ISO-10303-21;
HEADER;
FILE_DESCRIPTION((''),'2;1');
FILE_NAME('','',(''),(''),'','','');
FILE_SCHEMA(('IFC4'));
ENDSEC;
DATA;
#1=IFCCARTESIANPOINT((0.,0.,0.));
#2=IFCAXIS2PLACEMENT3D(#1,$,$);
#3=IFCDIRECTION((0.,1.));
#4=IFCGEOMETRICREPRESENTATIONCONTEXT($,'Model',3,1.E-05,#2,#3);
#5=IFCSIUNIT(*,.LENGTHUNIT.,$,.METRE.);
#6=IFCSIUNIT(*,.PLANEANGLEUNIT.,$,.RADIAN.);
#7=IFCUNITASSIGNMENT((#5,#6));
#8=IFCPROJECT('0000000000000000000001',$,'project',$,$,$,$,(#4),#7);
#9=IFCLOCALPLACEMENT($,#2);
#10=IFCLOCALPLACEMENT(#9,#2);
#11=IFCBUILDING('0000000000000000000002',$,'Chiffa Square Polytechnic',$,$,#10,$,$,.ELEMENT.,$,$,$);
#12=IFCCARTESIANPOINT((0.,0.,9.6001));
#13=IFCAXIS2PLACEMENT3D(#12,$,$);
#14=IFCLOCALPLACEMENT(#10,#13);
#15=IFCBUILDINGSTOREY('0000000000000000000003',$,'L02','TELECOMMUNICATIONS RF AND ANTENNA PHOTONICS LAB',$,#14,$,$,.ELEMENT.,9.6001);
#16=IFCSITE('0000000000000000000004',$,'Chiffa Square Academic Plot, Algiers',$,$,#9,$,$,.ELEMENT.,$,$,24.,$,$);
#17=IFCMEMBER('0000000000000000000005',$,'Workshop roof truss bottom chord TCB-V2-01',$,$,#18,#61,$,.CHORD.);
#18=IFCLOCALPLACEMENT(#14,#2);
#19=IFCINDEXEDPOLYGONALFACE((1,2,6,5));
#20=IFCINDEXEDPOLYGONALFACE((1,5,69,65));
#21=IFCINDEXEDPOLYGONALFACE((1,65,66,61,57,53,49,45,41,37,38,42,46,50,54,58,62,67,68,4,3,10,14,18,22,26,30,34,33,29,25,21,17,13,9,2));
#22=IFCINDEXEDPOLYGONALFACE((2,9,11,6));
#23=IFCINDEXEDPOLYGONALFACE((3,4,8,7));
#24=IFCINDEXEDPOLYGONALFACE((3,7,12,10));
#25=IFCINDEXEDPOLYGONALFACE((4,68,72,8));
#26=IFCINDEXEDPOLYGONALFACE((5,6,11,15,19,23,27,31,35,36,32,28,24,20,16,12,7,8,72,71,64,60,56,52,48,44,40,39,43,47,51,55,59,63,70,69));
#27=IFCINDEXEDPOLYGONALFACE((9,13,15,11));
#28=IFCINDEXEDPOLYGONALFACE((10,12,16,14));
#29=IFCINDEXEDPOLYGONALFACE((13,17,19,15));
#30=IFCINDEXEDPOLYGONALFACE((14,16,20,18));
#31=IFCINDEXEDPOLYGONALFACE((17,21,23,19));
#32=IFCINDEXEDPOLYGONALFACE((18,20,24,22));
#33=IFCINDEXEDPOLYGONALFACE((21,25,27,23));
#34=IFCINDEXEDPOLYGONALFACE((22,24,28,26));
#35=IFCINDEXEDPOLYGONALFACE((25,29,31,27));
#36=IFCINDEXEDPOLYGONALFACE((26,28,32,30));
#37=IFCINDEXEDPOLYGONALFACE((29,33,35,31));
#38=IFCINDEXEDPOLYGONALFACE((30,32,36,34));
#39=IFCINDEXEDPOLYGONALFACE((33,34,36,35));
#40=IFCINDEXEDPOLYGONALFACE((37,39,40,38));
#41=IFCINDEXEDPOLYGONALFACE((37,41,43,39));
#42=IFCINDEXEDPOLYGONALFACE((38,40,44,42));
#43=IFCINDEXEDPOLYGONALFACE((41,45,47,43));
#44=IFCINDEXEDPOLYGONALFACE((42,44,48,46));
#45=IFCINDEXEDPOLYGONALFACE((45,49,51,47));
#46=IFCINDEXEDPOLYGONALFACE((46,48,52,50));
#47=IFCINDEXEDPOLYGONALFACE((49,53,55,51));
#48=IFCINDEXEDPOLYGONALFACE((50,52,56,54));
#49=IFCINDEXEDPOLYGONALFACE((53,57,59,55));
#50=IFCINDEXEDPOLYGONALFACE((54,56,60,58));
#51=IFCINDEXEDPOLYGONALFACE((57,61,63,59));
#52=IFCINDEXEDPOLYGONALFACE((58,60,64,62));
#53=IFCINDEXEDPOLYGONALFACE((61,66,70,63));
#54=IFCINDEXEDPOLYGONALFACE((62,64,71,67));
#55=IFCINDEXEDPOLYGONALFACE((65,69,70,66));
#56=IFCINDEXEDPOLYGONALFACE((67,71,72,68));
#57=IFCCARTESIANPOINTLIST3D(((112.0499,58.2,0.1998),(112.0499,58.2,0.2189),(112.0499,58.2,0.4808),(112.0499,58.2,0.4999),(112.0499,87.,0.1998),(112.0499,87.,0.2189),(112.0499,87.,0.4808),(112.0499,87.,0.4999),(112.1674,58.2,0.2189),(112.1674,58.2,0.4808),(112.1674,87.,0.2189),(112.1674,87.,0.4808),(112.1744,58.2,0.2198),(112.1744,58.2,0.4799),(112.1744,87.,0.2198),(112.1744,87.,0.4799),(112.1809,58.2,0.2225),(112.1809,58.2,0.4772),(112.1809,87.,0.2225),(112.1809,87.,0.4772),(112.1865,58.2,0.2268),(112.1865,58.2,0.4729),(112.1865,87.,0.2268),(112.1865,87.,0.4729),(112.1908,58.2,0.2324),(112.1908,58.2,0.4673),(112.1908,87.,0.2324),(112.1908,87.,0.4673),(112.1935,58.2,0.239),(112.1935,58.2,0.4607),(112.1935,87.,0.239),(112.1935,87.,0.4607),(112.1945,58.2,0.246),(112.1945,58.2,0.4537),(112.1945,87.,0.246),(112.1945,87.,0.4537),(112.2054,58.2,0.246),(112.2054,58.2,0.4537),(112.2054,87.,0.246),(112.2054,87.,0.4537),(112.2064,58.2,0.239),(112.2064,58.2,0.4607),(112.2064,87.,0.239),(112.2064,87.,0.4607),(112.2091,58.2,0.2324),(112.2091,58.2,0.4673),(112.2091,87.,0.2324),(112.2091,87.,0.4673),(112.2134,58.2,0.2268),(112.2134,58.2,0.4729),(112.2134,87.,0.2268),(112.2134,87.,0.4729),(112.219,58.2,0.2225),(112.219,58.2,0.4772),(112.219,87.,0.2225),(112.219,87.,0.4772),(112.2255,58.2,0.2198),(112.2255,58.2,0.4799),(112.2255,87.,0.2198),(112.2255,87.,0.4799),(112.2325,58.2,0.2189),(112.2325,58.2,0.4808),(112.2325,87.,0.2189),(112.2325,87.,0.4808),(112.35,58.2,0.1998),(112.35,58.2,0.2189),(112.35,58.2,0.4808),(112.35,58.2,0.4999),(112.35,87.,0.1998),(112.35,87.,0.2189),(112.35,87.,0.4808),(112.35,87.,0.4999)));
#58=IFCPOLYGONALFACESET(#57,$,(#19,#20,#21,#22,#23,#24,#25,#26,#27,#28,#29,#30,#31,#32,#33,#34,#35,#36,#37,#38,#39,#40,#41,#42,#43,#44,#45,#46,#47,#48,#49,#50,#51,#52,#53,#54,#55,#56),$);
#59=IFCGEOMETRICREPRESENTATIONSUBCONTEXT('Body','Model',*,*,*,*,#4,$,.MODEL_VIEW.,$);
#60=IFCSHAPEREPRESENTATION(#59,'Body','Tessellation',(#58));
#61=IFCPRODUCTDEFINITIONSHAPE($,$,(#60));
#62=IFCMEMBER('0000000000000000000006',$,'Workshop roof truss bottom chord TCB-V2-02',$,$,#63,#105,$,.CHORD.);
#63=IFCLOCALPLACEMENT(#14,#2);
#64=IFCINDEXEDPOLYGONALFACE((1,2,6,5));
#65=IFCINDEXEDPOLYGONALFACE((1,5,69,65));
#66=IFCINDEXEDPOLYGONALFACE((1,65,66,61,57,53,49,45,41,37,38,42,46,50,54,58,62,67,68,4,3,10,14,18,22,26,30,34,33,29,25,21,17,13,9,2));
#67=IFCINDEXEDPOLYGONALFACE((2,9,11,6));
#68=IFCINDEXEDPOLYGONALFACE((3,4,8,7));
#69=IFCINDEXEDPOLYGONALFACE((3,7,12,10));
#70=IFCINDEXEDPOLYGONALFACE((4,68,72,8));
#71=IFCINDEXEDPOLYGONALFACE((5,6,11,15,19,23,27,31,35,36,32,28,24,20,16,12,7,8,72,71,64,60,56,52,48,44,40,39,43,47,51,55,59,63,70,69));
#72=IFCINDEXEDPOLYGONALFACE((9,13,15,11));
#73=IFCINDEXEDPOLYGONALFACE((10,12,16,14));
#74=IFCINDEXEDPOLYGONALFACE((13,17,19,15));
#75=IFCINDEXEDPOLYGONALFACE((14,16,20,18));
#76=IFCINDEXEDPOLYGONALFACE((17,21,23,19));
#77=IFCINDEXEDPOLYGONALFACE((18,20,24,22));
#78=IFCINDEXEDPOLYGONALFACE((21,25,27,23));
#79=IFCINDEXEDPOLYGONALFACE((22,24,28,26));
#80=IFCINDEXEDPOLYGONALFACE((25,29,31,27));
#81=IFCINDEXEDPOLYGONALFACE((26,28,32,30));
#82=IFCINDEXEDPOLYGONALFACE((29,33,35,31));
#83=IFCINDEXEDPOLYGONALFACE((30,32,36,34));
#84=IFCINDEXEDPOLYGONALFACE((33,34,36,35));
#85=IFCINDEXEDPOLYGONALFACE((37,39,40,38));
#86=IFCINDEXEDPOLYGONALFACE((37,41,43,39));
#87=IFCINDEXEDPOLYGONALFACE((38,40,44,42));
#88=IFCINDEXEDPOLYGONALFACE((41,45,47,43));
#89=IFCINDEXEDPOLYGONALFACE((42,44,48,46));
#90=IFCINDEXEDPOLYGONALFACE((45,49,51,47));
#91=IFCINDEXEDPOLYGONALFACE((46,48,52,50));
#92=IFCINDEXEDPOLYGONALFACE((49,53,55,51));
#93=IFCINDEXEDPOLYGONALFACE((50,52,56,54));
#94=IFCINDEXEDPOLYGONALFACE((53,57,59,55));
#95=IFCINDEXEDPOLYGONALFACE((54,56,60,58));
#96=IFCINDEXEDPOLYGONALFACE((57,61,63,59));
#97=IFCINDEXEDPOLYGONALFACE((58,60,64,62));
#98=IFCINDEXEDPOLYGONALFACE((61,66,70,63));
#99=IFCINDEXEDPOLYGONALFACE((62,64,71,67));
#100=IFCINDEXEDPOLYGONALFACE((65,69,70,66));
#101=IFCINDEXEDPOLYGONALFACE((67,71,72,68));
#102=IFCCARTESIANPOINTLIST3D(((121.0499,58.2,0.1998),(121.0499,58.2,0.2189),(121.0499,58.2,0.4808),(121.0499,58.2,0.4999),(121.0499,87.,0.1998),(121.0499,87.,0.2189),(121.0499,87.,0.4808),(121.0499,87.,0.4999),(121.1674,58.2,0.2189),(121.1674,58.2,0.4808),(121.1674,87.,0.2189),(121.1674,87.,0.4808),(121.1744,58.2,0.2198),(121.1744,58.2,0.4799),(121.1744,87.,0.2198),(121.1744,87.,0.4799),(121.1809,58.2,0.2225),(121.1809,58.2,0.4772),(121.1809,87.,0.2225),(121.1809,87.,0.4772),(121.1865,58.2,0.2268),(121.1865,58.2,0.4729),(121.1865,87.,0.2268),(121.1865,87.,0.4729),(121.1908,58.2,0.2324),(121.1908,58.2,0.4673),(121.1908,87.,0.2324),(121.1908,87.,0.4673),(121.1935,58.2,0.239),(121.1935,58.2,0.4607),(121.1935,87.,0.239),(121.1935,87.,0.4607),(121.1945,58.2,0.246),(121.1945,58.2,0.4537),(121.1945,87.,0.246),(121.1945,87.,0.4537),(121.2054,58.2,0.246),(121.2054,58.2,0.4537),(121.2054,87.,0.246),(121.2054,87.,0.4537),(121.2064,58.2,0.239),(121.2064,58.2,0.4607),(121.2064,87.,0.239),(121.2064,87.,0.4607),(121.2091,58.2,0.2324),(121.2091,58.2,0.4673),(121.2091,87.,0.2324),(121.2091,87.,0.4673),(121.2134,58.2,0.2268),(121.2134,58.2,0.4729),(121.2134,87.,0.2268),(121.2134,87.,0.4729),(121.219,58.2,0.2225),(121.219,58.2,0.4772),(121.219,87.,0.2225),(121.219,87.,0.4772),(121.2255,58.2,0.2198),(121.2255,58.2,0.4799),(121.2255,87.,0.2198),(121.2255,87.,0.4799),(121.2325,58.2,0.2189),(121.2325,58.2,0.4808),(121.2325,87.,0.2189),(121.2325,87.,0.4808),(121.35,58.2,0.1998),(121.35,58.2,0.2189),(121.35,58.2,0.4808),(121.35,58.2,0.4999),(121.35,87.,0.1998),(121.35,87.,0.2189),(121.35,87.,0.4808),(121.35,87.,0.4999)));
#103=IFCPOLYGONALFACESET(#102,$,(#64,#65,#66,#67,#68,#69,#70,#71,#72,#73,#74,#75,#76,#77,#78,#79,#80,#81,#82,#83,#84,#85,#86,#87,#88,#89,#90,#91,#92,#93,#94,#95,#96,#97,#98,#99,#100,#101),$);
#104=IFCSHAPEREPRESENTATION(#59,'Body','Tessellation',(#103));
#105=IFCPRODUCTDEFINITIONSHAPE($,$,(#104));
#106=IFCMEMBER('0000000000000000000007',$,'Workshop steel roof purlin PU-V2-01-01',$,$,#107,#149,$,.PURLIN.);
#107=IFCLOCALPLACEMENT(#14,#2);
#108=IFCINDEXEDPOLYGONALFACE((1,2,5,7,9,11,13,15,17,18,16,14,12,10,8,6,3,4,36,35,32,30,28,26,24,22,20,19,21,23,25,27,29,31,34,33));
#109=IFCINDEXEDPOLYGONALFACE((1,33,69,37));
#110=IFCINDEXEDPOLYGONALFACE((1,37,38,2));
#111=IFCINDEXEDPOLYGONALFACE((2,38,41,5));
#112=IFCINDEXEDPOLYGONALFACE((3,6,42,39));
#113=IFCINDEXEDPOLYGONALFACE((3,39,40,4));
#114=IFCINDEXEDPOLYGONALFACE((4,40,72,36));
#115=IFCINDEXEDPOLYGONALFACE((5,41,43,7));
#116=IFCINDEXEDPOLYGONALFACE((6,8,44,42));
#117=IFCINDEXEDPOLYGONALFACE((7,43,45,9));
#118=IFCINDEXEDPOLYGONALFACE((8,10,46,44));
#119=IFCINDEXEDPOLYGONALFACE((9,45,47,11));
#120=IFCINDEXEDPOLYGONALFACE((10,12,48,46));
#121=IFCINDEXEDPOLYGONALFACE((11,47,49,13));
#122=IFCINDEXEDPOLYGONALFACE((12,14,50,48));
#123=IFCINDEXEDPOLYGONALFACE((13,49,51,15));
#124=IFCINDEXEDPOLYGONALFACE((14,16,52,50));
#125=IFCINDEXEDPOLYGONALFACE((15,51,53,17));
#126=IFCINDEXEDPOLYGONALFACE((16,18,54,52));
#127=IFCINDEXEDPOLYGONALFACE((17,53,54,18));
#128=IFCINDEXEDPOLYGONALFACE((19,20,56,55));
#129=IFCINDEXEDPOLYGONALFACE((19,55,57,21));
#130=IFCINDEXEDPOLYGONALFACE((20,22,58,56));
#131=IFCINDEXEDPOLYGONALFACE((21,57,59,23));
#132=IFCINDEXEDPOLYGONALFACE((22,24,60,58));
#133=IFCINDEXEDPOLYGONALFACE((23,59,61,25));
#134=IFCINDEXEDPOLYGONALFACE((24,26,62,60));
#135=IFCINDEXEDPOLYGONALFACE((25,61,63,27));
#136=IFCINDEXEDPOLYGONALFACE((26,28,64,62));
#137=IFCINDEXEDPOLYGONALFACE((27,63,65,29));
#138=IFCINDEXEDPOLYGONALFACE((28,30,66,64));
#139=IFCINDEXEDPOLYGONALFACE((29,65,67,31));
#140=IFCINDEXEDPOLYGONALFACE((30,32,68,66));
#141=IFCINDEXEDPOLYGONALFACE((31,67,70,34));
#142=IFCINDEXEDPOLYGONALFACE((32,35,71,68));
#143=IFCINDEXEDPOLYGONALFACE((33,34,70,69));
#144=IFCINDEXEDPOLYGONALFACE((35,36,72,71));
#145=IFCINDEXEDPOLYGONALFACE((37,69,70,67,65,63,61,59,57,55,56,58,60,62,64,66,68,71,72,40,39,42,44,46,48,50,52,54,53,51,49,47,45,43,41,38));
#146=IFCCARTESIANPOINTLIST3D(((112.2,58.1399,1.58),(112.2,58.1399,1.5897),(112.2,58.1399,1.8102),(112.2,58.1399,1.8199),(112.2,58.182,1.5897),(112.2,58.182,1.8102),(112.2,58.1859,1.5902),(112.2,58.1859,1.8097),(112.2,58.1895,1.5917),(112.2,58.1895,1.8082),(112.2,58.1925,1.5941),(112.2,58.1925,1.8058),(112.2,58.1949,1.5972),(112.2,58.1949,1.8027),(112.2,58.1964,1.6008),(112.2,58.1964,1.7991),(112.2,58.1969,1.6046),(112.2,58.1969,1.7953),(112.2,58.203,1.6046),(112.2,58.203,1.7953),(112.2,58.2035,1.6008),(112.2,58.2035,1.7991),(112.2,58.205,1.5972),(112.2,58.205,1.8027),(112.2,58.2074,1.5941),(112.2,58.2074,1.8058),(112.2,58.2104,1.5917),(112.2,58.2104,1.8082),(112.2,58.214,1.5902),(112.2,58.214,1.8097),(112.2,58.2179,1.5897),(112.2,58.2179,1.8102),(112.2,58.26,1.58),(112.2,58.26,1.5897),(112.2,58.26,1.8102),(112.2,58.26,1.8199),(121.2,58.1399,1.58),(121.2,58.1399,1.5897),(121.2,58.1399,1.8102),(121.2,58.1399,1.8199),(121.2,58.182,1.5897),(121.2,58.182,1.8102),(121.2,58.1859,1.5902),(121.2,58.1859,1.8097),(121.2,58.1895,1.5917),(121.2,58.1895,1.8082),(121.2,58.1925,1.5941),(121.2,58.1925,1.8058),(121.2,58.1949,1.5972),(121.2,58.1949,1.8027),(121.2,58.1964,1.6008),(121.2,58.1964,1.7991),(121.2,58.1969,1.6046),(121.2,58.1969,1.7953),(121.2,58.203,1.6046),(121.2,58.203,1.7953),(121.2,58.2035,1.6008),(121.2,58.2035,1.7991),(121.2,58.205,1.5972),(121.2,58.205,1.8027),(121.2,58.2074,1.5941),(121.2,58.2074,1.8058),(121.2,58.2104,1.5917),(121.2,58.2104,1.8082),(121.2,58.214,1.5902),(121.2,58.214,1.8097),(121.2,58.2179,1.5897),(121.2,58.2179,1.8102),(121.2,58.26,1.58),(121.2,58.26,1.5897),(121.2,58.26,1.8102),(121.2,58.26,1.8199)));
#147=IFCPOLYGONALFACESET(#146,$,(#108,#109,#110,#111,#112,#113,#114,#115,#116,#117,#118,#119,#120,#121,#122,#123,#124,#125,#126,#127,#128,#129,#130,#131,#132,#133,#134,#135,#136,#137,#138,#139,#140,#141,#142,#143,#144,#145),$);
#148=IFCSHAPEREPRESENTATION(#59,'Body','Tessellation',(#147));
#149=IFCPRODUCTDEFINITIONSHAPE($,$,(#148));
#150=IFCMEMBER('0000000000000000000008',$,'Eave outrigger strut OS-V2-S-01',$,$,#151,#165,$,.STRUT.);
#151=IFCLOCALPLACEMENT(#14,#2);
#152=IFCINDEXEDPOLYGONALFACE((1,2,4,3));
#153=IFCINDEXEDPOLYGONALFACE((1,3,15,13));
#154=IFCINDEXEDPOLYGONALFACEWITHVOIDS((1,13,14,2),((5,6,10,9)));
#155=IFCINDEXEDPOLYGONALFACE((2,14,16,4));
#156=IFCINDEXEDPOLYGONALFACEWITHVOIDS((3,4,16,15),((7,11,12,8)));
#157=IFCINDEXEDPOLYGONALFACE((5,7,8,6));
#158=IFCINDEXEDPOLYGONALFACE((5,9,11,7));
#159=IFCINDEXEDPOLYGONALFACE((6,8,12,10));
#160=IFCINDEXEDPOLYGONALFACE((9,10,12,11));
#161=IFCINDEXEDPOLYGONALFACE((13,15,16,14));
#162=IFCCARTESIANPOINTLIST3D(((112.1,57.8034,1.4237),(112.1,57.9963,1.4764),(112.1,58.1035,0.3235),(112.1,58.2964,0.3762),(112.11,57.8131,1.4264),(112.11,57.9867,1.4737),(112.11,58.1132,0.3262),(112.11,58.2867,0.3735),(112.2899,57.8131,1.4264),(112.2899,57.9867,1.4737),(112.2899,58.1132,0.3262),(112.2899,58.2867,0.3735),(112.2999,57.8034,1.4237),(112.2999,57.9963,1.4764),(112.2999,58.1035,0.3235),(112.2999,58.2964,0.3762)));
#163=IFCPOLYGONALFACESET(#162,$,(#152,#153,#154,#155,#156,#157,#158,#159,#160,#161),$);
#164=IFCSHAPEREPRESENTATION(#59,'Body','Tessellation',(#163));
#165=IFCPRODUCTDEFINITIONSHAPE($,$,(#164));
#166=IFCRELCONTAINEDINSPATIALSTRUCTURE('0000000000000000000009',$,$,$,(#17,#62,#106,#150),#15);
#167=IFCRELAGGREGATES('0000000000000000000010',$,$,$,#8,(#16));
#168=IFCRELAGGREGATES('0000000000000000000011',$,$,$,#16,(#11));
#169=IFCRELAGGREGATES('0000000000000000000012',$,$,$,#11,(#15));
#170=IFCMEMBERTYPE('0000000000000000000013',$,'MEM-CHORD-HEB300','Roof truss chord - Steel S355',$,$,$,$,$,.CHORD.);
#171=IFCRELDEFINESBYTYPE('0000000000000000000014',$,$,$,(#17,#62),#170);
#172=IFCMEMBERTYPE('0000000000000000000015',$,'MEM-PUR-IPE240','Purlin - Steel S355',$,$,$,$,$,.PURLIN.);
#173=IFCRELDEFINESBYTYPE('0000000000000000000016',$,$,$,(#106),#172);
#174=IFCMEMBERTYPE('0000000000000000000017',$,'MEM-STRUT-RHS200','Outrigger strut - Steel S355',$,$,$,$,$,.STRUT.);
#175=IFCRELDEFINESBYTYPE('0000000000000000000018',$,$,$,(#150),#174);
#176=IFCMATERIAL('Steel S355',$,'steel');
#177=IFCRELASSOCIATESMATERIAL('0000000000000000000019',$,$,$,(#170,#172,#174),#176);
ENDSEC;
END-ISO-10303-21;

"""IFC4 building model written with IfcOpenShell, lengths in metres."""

from ifc_helpers import new_model, si_unit, direction, frame, origin, origin_2d, place, context, subcontext, project, spatial, hollow_rectangle, i_section, extrude, material, material_profile, profile_set, type_object, element, save


model = new_model("IFC4")

# Units and contexts
model_context = context("Model", 3, precision=1e-05, world=origin(), true_north=direction((0.0, 1.0)))
body_context = subcontext(model_context, "Body", "Model", "MODEL_VIEW")
ifc_project = project(units=[si_unit("LENGTHUNIT", "METRE"), si_unit("PLANEANGLEUNIT", "RADIAN")], contexts=[model_context])

# Site, building, storey
site_placement = place(None, origin())
site = spatial("IfcSite", under=ifc_project, at=site_placement, Name="Chiffa Square Academic Plot, Algiers", CompositionType="ELEMENT", RefElevation=24.0)
building_placement = place(site_placement, origin())
building = spatial("IfcBuilding", under=site, at=building_placement, Name="Chiffa Square Polytechnic", CompositionType="ELEMENT")
storey_placement = place(building_placement, frame((0.0, 0.0, 9.6001)))
storey = spatial("IfcBuildingStorey", under=building, at=storey_placement, Name="L02", Description="TELECOMMUNICATIONS RF AND ANTENNA PHOTONICS LAB", CompositionType="ELEMENT", Elevation=9.6001)

# Shared definitions
ifc_material_1 = material(Name="Steel S355", Category="steel")

# Members
ifc_material_profile_1 = material_profile(ifc_material_1, i_section(OverallWidth=0.3, OverallDepth=0.3, WebThickness=0.011, FlangeThickness=0.019, FilletRadius=0.0271, at=origin_2d()), Name="HEB 300")
ifc_profile_set_1 = profile_set([ifc_material_profile_1], Name="Steel S355")
member_type_1 = type_object("IfcMemberType", Name="MEM-CHORD-HEB300", Description="Roof truss chord - Steel S355", PredefinedType="CHORD", material=ifc_profile_set_1)
for number, where, z_axis, x_axis, name in (
    (1, (112.2, 58.2, 0.3499), (0.0, 1.0, 0.0), (-1.0, 0.0, 0.0), "Workshop roof truss bottom chord TCB-V2-01"),
    (2, (121.2, 58.2, 0.3499), (0.0, 1.0, 0.0), (-1.0, 0.0, 0.0), "Workshop roof truss bottom chord TCB-V2-02"),
):
    element("IfcMember", number, at=place(storey_placement, frame(where, z_axis=z_axis, x_axis=x_axis)), inside=storey, type_object=member_type_1, Name=name, PredefinedType="CHORD", context=body_context, shape_type="SweptSolid", body=[
        extrude(i_section(OverallWidth=0.3, OverallDepth=0.3, WebThickness=0.011, FlangeThickness=0.019, FilletRadius=0.0271, at=origin_2d()), origin(), (0.0, 0.0, 1.0), 28.8),
    ])
ifc_material_profile_2 = material_profile(ifc_material_1, i_section(OverallWidth=0.1201, OverallDepth=0.24, WebThickness=0.0061, FlangeThickness=0.0098, FilletRadius=0.0149, at=origin_2d()), Name="IPE 240")
ifc_profile_set_2 = profile_set([ifc_material_profile_2], Name="Steel S355")
member_type_2 = type_object("IfcMemberType", Name="MEM-PUR-IPE240", Description="Purlin - Steel S355", PredefinedType="PURLIN", material=ifc_profile_set_2)
member_1_placement = place(storey_placement, frame((112.2, 58.2, 1.7), z_axis=(1.0, 0.0, 0.0), x_axis=(0.0, 1.0, 0.0)))
element("IfcMember", 3, at=member_1_placement, inside=storey, type_object=member_type_2, Name="Workshop steel roof purlin PU-V2-01-01", PredefinedType="PURLIN", context=body_context, shape_type="SweptSolid", body=[
    extrude(i_section(OverallWidth=0.1201, OverallDepth=0.24, WebThickness=0.0061, FlangeThickness=0.0098, FilletRadius=0.0149, at=origin_2d()), origin(), (0.0, 0.0, 1.0), 9.0),
])
ifc_material_profile_3 = material_profile(ifc_material_1, hollow_rectangle(XDim=0.2, YDim=0.2, WallThickness=0.01, at=origin_2d()), Name="RHS 200x200x10")
ifc_profile_set_3 = profile_set([ifc_material_profile_3], Name="Steel S355")
member_type_3 = type_object("IfcMemberType", Name="MEM-STRUT-RHS200", Description="Outrigger strut - Steel S355", PredefinedType="STRUT", material=ifc_profile_set_3)
member_2_placement = place(storey_placement, frame((112.2, 58.2, 0.3499), z_axis=(0.0, -0.263136, 0.964759), x_axis=(1.0, 0.0, 0.0)))
element("IfcMember", 4, at=member_2_placement, inside=storey, type_object=member_type_3, Name="Eave outrigger strut OS-V2-S-01", PredefinedType="STRUT", context=body_context, shape_type="SweptSolid", body=[
    extrude(hollow_rectangle(XDim=0.2, YDim=0.2, WallThickness=0.01, at=origin_2d()), origin(), (0.0, 0.0, 1.0), 1.1404),
])

save(model, "model.ifc")
